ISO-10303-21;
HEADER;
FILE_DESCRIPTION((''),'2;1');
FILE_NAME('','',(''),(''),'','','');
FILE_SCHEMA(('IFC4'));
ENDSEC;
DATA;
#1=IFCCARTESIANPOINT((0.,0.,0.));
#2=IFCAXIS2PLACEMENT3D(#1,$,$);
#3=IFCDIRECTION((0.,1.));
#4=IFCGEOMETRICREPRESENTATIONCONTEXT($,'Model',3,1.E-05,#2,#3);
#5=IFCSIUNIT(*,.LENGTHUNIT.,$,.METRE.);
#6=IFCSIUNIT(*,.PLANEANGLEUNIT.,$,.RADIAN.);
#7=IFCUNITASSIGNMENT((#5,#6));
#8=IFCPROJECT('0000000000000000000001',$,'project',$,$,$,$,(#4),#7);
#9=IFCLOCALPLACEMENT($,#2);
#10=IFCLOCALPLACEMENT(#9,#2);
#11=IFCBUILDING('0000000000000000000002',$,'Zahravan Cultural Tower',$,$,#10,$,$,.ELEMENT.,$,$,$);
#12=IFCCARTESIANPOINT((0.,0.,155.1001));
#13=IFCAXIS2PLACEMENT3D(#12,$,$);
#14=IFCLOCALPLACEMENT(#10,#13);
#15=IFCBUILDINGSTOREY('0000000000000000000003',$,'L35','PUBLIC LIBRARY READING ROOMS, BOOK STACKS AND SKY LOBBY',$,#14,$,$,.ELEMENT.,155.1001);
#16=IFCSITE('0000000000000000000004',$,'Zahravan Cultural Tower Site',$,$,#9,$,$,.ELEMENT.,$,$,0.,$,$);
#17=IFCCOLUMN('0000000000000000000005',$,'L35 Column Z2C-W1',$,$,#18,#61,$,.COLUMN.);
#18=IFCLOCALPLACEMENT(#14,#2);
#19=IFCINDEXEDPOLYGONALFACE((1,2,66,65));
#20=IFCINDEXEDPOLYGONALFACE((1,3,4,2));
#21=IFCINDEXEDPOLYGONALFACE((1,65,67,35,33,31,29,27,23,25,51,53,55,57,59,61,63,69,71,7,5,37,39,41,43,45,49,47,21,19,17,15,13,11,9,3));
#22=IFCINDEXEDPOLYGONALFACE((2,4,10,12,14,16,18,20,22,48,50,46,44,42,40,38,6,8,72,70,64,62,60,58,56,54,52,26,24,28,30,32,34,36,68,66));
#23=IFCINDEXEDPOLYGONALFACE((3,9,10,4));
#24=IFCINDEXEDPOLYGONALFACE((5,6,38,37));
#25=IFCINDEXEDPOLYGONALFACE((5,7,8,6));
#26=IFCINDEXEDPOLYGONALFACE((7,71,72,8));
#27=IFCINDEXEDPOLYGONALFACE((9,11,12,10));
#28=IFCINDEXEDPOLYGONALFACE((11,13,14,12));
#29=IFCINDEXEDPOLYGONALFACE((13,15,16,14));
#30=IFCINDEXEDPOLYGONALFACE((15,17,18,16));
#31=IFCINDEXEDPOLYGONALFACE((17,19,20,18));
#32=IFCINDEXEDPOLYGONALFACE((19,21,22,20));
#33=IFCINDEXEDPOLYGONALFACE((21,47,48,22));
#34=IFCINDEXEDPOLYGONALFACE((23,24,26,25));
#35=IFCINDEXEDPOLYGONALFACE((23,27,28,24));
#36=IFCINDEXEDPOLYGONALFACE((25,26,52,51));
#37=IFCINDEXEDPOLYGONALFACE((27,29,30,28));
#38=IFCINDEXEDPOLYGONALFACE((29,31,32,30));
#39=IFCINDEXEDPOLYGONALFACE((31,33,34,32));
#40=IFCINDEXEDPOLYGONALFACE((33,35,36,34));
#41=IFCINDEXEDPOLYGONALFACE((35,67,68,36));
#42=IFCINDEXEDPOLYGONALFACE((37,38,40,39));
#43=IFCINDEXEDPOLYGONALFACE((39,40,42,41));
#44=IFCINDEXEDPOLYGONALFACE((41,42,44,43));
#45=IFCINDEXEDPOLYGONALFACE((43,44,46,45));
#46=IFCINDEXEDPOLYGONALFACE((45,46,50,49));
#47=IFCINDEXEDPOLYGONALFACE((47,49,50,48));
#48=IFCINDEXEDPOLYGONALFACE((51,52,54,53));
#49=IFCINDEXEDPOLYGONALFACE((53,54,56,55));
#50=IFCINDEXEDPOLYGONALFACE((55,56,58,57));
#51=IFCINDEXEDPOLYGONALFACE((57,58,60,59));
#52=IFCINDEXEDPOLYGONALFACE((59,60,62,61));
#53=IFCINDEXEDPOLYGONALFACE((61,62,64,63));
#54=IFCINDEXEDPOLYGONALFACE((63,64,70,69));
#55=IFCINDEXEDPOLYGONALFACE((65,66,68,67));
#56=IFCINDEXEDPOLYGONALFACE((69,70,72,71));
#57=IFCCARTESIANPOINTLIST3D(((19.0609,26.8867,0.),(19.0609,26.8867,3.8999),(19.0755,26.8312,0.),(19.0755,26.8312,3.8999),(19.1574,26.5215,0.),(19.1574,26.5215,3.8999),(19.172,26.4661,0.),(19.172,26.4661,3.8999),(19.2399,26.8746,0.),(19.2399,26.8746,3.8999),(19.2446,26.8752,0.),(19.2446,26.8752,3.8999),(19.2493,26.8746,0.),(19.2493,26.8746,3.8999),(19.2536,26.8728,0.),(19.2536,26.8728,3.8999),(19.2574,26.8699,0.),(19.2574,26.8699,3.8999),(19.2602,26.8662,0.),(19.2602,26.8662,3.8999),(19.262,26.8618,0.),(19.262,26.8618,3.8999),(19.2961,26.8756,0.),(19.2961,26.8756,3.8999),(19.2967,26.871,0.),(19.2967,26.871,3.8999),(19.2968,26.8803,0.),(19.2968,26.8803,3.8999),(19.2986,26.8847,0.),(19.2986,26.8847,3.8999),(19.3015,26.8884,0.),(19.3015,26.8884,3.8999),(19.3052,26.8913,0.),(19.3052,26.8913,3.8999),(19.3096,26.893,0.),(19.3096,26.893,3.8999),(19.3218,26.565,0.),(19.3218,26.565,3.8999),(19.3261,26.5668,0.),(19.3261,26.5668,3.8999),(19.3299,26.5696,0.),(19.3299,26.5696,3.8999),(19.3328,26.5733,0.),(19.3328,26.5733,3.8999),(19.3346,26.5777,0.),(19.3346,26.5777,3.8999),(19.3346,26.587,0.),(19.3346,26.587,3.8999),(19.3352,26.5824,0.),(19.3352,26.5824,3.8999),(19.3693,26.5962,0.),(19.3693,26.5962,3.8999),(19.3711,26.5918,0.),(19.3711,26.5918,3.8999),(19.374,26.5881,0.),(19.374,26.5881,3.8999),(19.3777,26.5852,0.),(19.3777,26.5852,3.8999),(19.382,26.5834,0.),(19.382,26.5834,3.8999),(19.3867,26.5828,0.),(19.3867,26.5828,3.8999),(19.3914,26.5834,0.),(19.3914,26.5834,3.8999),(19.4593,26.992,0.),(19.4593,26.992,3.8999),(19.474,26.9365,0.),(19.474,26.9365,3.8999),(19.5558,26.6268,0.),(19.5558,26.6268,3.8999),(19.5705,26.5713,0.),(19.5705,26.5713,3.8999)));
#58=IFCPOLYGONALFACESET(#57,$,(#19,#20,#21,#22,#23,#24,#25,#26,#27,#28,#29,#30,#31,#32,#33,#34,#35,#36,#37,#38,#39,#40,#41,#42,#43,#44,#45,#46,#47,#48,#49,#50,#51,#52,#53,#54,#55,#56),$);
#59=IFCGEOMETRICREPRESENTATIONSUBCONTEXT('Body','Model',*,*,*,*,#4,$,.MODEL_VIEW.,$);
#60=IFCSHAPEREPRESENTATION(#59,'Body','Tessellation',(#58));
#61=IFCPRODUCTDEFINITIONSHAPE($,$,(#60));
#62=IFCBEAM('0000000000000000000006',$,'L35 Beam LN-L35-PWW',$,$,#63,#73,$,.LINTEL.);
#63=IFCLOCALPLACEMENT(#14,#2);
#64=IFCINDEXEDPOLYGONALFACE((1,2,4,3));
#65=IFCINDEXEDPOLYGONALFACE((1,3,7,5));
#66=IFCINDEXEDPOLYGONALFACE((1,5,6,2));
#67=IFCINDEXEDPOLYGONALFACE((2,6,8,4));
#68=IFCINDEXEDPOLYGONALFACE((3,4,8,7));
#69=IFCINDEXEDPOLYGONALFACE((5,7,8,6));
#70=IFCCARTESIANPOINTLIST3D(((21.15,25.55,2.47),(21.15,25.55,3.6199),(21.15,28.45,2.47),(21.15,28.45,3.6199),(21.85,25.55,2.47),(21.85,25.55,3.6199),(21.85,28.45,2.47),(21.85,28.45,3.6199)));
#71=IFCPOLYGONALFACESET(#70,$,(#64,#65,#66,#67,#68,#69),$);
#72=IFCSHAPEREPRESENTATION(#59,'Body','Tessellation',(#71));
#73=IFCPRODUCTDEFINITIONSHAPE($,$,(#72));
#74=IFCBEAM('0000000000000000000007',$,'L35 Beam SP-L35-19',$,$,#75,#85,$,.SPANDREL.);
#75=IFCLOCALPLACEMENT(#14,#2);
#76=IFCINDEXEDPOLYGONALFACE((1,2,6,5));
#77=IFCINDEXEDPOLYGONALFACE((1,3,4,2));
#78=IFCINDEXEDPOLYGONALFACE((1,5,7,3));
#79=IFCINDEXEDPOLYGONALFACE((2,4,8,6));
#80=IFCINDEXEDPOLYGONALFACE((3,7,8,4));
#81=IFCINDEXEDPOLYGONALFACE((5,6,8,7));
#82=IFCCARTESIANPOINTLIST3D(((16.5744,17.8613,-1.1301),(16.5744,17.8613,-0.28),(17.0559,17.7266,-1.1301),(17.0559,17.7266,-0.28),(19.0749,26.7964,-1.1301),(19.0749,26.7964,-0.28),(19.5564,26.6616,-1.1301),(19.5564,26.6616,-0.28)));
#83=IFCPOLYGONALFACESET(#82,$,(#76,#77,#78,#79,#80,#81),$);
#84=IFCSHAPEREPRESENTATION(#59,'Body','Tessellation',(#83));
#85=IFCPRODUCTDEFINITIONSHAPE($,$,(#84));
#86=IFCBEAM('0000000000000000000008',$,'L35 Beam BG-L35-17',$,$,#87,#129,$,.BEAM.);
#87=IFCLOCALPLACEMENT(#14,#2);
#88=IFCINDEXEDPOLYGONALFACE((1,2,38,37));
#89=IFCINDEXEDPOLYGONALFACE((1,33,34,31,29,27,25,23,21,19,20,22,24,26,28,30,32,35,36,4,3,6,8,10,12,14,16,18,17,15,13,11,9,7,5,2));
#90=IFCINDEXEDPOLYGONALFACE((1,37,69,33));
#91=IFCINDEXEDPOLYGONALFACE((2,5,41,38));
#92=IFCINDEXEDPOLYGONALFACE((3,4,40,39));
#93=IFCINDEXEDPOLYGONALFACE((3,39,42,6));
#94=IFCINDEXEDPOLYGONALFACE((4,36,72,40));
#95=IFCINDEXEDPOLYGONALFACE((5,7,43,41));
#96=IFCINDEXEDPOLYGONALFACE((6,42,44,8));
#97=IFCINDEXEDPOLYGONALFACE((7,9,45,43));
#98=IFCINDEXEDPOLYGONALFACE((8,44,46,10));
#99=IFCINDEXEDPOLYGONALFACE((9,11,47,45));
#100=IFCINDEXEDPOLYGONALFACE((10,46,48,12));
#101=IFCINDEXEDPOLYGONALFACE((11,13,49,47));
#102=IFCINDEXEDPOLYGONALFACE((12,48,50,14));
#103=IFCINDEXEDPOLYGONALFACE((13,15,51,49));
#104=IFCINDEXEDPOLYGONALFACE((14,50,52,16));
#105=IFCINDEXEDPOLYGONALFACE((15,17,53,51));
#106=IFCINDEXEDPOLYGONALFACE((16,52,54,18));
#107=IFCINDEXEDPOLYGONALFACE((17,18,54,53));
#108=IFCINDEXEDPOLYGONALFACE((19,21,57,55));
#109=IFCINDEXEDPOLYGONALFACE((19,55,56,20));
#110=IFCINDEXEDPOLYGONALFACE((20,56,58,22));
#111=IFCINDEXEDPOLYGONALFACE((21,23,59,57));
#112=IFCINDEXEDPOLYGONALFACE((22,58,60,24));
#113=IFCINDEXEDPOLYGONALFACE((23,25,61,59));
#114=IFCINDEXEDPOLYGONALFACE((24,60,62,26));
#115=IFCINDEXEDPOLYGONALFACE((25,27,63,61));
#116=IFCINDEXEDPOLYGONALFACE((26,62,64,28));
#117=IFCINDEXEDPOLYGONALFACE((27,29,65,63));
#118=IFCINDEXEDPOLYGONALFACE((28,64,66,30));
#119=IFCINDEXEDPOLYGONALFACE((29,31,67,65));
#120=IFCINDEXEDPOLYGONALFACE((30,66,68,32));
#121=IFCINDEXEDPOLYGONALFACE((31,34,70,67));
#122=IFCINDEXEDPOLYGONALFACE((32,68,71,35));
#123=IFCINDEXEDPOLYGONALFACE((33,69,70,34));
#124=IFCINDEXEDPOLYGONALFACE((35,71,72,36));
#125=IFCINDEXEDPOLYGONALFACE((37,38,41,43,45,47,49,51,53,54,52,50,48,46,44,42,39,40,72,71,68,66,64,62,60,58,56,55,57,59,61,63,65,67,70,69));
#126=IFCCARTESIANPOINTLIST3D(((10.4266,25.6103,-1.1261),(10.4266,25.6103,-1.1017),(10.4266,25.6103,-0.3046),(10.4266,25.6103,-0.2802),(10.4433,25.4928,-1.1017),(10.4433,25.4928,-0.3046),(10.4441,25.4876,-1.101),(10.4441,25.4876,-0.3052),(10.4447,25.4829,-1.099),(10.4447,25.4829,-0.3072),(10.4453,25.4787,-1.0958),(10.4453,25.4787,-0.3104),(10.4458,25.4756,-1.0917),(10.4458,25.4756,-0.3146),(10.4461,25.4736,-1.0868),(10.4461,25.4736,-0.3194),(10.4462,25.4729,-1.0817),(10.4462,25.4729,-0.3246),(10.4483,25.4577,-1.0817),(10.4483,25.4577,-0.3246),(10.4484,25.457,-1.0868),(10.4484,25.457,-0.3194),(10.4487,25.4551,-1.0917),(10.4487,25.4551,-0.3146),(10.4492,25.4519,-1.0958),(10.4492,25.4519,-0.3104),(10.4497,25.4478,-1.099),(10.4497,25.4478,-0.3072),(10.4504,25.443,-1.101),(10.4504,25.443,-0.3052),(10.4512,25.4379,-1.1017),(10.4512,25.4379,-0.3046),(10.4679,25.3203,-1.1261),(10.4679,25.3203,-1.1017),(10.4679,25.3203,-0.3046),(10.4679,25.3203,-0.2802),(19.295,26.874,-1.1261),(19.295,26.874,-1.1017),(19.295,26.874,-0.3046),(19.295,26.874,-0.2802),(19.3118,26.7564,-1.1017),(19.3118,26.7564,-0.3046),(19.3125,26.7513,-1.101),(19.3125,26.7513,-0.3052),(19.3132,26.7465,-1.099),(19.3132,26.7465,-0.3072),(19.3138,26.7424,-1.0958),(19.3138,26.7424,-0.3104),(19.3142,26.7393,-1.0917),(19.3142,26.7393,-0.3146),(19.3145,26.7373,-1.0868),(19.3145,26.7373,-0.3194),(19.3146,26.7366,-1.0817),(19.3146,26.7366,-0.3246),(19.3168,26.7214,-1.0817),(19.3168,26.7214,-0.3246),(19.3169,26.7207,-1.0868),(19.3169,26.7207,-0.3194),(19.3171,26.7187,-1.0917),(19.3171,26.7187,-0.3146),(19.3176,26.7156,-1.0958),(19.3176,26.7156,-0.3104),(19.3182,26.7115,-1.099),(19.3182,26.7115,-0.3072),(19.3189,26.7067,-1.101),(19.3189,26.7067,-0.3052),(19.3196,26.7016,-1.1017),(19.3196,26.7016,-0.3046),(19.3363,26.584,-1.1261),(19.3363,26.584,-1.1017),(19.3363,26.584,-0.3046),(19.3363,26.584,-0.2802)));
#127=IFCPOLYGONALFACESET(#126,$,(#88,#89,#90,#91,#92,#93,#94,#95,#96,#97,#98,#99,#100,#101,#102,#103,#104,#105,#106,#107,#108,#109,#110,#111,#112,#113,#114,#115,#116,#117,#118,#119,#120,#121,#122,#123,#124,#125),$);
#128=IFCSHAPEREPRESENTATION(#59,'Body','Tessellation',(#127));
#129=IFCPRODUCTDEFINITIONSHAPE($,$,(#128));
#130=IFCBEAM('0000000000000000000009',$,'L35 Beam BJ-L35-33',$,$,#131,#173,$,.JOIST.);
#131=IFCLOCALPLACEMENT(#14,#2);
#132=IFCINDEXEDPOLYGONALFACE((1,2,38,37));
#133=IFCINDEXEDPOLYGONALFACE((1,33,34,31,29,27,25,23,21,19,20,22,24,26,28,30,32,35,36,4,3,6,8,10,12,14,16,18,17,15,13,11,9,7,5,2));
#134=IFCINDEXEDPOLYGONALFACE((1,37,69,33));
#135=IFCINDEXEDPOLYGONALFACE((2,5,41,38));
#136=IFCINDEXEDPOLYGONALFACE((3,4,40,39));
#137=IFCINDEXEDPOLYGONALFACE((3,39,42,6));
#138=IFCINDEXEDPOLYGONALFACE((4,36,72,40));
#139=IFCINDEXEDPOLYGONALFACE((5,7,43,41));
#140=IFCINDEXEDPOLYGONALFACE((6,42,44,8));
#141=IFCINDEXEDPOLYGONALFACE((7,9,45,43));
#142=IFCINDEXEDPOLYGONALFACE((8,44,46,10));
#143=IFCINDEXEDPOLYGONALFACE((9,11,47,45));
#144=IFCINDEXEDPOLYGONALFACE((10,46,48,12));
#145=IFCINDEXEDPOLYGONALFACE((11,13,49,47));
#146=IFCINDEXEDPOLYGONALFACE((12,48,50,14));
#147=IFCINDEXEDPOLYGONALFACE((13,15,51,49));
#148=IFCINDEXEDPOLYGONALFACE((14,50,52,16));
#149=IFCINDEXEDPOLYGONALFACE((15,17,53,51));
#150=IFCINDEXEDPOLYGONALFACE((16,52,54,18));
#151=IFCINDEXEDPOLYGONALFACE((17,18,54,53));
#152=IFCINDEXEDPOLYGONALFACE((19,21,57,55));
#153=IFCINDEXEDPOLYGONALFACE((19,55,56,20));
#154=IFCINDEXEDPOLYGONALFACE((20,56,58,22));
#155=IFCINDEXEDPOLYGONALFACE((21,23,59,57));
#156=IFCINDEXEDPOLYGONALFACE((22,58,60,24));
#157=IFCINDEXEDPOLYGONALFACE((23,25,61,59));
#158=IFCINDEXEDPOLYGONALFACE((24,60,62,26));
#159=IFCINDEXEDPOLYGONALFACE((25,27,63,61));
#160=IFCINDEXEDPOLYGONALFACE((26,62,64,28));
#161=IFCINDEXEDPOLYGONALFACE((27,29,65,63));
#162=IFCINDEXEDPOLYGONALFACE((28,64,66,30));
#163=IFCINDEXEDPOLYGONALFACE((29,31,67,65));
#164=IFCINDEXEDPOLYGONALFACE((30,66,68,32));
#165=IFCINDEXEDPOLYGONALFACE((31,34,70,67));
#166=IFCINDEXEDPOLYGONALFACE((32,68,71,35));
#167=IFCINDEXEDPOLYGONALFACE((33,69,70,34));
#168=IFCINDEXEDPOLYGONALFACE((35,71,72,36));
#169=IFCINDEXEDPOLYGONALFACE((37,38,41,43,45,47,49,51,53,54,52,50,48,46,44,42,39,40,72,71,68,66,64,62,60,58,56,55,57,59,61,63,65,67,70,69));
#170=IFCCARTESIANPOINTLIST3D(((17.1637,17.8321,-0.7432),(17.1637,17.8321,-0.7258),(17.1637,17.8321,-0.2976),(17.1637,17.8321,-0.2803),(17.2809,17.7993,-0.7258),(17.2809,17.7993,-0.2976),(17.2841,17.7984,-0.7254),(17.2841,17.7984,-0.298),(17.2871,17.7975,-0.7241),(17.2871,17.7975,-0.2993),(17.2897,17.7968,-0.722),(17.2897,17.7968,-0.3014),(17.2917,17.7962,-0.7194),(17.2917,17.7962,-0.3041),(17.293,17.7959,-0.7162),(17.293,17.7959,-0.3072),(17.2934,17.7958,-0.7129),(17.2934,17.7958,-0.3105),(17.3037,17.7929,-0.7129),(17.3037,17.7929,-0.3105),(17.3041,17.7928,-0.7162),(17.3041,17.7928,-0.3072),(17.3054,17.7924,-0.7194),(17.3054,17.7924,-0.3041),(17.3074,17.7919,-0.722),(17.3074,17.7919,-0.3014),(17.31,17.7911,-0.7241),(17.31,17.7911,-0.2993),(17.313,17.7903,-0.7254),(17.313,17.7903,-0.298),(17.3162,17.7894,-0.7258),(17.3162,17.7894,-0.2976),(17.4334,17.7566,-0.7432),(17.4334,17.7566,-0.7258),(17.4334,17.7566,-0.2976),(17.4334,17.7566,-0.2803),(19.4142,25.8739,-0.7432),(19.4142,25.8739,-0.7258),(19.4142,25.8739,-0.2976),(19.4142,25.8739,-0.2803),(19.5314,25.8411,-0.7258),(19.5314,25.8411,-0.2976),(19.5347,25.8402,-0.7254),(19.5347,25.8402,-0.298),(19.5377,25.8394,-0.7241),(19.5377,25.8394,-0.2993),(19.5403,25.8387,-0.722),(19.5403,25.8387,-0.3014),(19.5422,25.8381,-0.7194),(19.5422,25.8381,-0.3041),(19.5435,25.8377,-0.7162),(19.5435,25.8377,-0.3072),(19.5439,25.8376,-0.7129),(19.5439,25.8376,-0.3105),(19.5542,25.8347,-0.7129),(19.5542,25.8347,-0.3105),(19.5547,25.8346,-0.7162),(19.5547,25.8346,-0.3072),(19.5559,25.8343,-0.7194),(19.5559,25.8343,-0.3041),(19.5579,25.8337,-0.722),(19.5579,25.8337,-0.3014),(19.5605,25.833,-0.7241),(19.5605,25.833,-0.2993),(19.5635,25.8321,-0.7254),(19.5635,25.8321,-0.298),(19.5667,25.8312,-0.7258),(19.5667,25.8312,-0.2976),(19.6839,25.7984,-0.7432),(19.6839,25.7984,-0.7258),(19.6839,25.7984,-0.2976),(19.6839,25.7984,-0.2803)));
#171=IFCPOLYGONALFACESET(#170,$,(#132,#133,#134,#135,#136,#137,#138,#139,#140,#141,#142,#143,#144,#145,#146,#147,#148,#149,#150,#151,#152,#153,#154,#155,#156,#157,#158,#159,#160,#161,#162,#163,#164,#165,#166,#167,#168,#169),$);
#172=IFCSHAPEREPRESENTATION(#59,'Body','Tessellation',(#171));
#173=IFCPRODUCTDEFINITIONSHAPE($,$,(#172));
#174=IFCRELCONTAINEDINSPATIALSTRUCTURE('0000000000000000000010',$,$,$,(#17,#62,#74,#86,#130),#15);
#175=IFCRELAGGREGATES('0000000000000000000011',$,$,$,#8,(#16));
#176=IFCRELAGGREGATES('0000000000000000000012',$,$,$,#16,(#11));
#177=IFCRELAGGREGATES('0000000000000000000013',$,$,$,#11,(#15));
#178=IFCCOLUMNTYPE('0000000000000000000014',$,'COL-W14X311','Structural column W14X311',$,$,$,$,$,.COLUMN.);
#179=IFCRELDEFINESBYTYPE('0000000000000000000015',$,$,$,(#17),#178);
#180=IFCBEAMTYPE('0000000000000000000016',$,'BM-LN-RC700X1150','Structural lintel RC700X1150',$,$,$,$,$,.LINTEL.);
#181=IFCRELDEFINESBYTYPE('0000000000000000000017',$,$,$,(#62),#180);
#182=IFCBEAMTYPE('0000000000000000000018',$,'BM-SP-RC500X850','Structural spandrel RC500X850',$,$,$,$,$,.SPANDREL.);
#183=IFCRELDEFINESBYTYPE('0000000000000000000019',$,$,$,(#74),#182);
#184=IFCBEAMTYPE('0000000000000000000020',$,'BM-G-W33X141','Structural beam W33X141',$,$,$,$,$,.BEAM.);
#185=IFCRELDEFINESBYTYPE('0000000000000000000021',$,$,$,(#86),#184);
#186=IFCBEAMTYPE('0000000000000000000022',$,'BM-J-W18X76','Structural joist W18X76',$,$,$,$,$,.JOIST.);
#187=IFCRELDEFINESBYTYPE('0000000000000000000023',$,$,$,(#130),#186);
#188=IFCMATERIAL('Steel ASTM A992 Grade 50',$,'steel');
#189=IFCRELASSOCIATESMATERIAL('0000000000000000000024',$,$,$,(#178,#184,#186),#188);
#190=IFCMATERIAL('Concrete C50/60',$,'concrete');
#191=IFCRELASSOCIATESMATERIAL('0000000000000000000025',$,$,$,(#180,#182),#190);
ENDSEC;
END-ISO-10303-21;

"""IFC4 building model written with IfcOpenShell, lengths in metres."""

from ifc_helpers import new_model, si_unit, direction, frame, origin, origin_2d, place, context, subcontext, project, spatial, rectangle, i_section, extrude, source, transform, mapped, material, material_profile, profile_set, type_object, element, save


model = new_model("IFC4")

# Units and contexts
model_context = context("Model", 3, precision=1e-05, world=origin(), true_north=direction((0.0, 1.0)))
body_context = subcontext(model_context, "Body", "Model", "MODEL_VIEW")
ifc_project = project(units=[si_unit("LENGTHUNIT", "METRE"), si_unit("PLANEANGLEUNIT", "RADIAN")], contexts=[model_context])

# Site, building, storey
site_placement = place(None, origin())
site = spatial("IfcSite", under=ifc_project, at=site_placement, Name="Zahravan Cultural Tower Site", CompositionType="ELEMENT", RefElevation=0.0)
building_placement = place(site_placement, origin())
building = spatial("IfcBuilding", under=site, at=building_placement, Name="Zahravan Cultural Tower", CompositionType="ELEMENT")
storey_placement = place(building_placement, frame((0.0, 0.0, 155.1001)))
storey = spatial("IfcBuildingStorey", under=building, at=storey_placement, Name="L35", Description="PUBLIC LIBRARY READING ROOMS, BOOK STACKS AND SKY LOBBY", CompositionType="ELEMENT", Elevation=155.1001)

# Column
ifc_material_1 = material(Name="Steel ASTM A992 Grade 50", Category="steel")
ifc_material_profile_1 = material_profile(ifc_material_1, i_section(OverallWidth=0.4121, OverallDepth=0.4351, WebThickness=0.0359, FlangeThickness=0.0574, FilletRadius=0.0181, at=origin_2d()), Name="W14X311")
ifc_profile_set_1 = profile_set([ifc_material_profile_1], Name="Steel ASTM A992 Grade 50")
column_type = type_object("IfcColumnType", Name="COL-W14X311", Description="Structural column W14X311", PredefinedType="COLUMN", material=ifc_profile_set_1)
shared_shape_1 = source(origin(), body_context, "Body", "SweptSolid", [
    extrude(i_section(OverallWidth=0.4121, OverallDepth=0.4351, WebThickness=0.0359, FlangeThickness=0.0574, FilletRadius=0.0181, at=origin_2d()), origin(), (0.0, 0.0, 1.0), 3.8999),
])
column_placement = place(storey_placement, frame((19.3157, 26.729, 0.0), z_axis=(0.0, 0.0, 1.0), x_axis=(0.966823, 0.255446, 0.0)))
element("IfcColumn", 1, at=column_placement, inside=storey, type_object=column_type, Name="L35 Column Z2C-W1", PredefinedType="COLUMN", context=body_context, shape_type="MappedRepresentation", body=[
    mapped(shared_shape_1, transform((0.0, 0.0, 0.0), x_axis=(1.0, 0.0, 0.0), y_axis=(0.0, 1.0, 0.0), z_axis=(0.0, 0.0, 1.0), scale=1.0)),
])

# Beams
ifc_material_2 = material(Name="Concrete C50/60", Category="concrete")
ifc_material_profile_2 = material_profile(ifc_material_2, rectangle(XDim=0.7, YDim=1.1499, at=origin_2d()), Name="RC700X1150")
ifc_profile_set_2 = profile_set([ifc_material_profile_2], Name="Concrete C50/60")
beam_type_1 = type_object("IfcBeamType", Name="BM-LN-RC700X1150", Description="Structural lintel RC700X1150", PredefinedType="LINTEL", material=ifc_profile_set_2)
shared_shape_2 = source(origin(), body_context, "Body", "SweptSolid", [
    extrude(rectangle(XDim=0.7, YDim=1.1499, at=origin_2d()), origin(), (0.0, 0.0, 1.0), 2.8999),
])
beam_1_placement = place(storey_placement, frame((21.5, 25.55, 3.0449), z_axis=(0.0, 1.0, 0.0), x_axis=(-1.0, 0.0, 0.0)))
element("IfcBeam", 2, at=beam_1_placement, inside=storey, type_object=beam_type_1, Name="L35 Beam LN-L35-PWW", PredefinedType="LINTEL", context=body_context, shape_type="MappedRepresentation", body=[
    mapped(shared_shape_2, transform((0.0, 0.0, 0.0), x_axis=(1.0, 0.0, 0.0), y_axis=(0.0, 1.0, 0.0), z_axis=(0.0, 0.0, 1.0), scale=1.0)),
])
ifc_material_profile_3 = material_profile(ifc_material_2, rectangle(XDim=0.5, YDim=0.8501, at=origin_2d()), Name="RC500X850")
ifc_profile_set_3 = profile_set([ifc_material_profile_3], Name="Concrete C50/60")
beam_type_2 = type_object("IfcBeamType", Name="BM-SP-RC500X850", Description="Structural spandrel RC500X850", PredefinedType="SPANDREL", material=ifc_profile_set_3)
shared_shape_3 = source(origin(), body_context, "Body", "SweptSolid", [
    extrude(rectangle(XDim=0.5, YDim=0.8501, at=origin_2d()), origin(), (0.0, 0.0, 1.0), 9.2783),
])
beam_2_placement = place(storey_placement, frame((19.3157, 26.729, -0.7051), z_axis=(-0.269497, -0.963001, 0.0), x_axis=(0.963001, -0.269497, 0.0)))
element("IfcBeam", 3, at=beam_2_placement, inside=storey, type_object=beam_type_2, Name="L35 Beam SP-L35-19", PredefinedType="SPANDREL", context=body_context, shape_type="MappedRepresentation", body=[
    mapped(shared_shape_3, transform((0.0, 0.0, 0.0), x_axis=(1.0, 0.0, 0.0), y_axis=(0.0, 1.0, 0.0), z_axis=(0.0, 0.0, 1.0), scale=1.0)),
])
ifc_material_profile_4 = material_profile(ifc_material_1, i_section(OverallWidth=0.293, OverallDepth=0.8459, WebThickness=0.0154, FlangeThickness=0.0244, FilletRadius=0.02, at=origin_2d()), Name="W33X141")
ifc_profile_set_4 = profile_set([ifc_material_profile_4], Name="Steel ASTM A992 Grade 50")
beam_type_3 = type_object("IfcBeamType", Name="BM-G-W33X141", Description="Structural beam W33X141", PredefinedType="BEAM", material=ifc_profile_set_4)
shared_shape_4 = source(origin(), body_context, "Body", "SweptSolid", [
    extrude(i_section(OverallWidth=0.293, OverallDepth=0.8459, WebThickness=0.0154, FlangeThickness=0.0244, FilletRadius=0.02, at=origin_2d()), origin(), (0.0, 0.0, 1.0), 8.958),
])
beam_3_placement = place(storey_placement, frame((19.3157, 26.729, -0.7031), z_axis=(-0.99, -0.141067, 0.0), x_axis=(0.141067, -0.99, 0.0)))
element("IfcBeam", 4, at=beam_3_placement, inside=storey, type_object=beam_type_3, Name="L35 Beam BG-L35-17", PredefinedType="BEAM", context=body_context, shape_type="MappedRepresentation", body=[
    mapped(shared_shape_4, transform((0.0, 0.0, 0.0), x_axis=(1.0, 0.0, 0.0), y_axis=(0.0, 1.0, 0.0), z_axis=(0.0, 0.0, 1.0), scale=1.0)),
])
ifc_material_profile_5 = material_profile(ifc_material_1, i_section(OverallWidth=0.28, OverallDepth=0.4629, WebThickness=0.0107, FlangeThickness=0.0173, FilletRadius=0.0129, at=origin_2d()), Name="W18X76")
ifc_profile_set_5 = profile_set([ifc_material_profile_5], Name="Steel ASTM A992 Grade 50")
beam_type_4 = type_object("IfcBeamType", Name="BM-J-W18X76", Description="Structural joist W18X76", PredefinedType="JOIST", material=ifc_profile_set_5)
shared_shape_5 = source(origin(), body_context, "Body", "SweptSolid", [
    extrude(i_section(OverallWidth=0.28, OverallDepth=0.4629, WebThickness=0.0107, FlangeThickness=0.0173, FilletRadius=0.0129, at=origin_2d()), origin(), (0.0, 0.0, 1.0), 8.3508),
])
beam_4_placement = place(storey_placement, frame((19.5491, 25.8362, -0.5117), z_axis=(-0.269497, -0.963001, 0.0), x_axis=(0.963001, -0.269497, 0.0)))
element("IfcBeam", 5, at=beam_4_placement, inside=storey, type_object=beam_type_4, Name="L35 Beam BJ-L35-33", PredefinedType="JOIST", context=body_context, shape_type="MappedRepresentation", body=[
    mapped(shared_shape_5, transform((0.0, 0.0, 0.0), x_axis=(1.0, 0.0, 0.0), y_axis=(0.0, 1.0, 0.0), z_axis=(0.0, 0.0, 1.0), scale=1.0)),
])

save(model, "model.ifc")
